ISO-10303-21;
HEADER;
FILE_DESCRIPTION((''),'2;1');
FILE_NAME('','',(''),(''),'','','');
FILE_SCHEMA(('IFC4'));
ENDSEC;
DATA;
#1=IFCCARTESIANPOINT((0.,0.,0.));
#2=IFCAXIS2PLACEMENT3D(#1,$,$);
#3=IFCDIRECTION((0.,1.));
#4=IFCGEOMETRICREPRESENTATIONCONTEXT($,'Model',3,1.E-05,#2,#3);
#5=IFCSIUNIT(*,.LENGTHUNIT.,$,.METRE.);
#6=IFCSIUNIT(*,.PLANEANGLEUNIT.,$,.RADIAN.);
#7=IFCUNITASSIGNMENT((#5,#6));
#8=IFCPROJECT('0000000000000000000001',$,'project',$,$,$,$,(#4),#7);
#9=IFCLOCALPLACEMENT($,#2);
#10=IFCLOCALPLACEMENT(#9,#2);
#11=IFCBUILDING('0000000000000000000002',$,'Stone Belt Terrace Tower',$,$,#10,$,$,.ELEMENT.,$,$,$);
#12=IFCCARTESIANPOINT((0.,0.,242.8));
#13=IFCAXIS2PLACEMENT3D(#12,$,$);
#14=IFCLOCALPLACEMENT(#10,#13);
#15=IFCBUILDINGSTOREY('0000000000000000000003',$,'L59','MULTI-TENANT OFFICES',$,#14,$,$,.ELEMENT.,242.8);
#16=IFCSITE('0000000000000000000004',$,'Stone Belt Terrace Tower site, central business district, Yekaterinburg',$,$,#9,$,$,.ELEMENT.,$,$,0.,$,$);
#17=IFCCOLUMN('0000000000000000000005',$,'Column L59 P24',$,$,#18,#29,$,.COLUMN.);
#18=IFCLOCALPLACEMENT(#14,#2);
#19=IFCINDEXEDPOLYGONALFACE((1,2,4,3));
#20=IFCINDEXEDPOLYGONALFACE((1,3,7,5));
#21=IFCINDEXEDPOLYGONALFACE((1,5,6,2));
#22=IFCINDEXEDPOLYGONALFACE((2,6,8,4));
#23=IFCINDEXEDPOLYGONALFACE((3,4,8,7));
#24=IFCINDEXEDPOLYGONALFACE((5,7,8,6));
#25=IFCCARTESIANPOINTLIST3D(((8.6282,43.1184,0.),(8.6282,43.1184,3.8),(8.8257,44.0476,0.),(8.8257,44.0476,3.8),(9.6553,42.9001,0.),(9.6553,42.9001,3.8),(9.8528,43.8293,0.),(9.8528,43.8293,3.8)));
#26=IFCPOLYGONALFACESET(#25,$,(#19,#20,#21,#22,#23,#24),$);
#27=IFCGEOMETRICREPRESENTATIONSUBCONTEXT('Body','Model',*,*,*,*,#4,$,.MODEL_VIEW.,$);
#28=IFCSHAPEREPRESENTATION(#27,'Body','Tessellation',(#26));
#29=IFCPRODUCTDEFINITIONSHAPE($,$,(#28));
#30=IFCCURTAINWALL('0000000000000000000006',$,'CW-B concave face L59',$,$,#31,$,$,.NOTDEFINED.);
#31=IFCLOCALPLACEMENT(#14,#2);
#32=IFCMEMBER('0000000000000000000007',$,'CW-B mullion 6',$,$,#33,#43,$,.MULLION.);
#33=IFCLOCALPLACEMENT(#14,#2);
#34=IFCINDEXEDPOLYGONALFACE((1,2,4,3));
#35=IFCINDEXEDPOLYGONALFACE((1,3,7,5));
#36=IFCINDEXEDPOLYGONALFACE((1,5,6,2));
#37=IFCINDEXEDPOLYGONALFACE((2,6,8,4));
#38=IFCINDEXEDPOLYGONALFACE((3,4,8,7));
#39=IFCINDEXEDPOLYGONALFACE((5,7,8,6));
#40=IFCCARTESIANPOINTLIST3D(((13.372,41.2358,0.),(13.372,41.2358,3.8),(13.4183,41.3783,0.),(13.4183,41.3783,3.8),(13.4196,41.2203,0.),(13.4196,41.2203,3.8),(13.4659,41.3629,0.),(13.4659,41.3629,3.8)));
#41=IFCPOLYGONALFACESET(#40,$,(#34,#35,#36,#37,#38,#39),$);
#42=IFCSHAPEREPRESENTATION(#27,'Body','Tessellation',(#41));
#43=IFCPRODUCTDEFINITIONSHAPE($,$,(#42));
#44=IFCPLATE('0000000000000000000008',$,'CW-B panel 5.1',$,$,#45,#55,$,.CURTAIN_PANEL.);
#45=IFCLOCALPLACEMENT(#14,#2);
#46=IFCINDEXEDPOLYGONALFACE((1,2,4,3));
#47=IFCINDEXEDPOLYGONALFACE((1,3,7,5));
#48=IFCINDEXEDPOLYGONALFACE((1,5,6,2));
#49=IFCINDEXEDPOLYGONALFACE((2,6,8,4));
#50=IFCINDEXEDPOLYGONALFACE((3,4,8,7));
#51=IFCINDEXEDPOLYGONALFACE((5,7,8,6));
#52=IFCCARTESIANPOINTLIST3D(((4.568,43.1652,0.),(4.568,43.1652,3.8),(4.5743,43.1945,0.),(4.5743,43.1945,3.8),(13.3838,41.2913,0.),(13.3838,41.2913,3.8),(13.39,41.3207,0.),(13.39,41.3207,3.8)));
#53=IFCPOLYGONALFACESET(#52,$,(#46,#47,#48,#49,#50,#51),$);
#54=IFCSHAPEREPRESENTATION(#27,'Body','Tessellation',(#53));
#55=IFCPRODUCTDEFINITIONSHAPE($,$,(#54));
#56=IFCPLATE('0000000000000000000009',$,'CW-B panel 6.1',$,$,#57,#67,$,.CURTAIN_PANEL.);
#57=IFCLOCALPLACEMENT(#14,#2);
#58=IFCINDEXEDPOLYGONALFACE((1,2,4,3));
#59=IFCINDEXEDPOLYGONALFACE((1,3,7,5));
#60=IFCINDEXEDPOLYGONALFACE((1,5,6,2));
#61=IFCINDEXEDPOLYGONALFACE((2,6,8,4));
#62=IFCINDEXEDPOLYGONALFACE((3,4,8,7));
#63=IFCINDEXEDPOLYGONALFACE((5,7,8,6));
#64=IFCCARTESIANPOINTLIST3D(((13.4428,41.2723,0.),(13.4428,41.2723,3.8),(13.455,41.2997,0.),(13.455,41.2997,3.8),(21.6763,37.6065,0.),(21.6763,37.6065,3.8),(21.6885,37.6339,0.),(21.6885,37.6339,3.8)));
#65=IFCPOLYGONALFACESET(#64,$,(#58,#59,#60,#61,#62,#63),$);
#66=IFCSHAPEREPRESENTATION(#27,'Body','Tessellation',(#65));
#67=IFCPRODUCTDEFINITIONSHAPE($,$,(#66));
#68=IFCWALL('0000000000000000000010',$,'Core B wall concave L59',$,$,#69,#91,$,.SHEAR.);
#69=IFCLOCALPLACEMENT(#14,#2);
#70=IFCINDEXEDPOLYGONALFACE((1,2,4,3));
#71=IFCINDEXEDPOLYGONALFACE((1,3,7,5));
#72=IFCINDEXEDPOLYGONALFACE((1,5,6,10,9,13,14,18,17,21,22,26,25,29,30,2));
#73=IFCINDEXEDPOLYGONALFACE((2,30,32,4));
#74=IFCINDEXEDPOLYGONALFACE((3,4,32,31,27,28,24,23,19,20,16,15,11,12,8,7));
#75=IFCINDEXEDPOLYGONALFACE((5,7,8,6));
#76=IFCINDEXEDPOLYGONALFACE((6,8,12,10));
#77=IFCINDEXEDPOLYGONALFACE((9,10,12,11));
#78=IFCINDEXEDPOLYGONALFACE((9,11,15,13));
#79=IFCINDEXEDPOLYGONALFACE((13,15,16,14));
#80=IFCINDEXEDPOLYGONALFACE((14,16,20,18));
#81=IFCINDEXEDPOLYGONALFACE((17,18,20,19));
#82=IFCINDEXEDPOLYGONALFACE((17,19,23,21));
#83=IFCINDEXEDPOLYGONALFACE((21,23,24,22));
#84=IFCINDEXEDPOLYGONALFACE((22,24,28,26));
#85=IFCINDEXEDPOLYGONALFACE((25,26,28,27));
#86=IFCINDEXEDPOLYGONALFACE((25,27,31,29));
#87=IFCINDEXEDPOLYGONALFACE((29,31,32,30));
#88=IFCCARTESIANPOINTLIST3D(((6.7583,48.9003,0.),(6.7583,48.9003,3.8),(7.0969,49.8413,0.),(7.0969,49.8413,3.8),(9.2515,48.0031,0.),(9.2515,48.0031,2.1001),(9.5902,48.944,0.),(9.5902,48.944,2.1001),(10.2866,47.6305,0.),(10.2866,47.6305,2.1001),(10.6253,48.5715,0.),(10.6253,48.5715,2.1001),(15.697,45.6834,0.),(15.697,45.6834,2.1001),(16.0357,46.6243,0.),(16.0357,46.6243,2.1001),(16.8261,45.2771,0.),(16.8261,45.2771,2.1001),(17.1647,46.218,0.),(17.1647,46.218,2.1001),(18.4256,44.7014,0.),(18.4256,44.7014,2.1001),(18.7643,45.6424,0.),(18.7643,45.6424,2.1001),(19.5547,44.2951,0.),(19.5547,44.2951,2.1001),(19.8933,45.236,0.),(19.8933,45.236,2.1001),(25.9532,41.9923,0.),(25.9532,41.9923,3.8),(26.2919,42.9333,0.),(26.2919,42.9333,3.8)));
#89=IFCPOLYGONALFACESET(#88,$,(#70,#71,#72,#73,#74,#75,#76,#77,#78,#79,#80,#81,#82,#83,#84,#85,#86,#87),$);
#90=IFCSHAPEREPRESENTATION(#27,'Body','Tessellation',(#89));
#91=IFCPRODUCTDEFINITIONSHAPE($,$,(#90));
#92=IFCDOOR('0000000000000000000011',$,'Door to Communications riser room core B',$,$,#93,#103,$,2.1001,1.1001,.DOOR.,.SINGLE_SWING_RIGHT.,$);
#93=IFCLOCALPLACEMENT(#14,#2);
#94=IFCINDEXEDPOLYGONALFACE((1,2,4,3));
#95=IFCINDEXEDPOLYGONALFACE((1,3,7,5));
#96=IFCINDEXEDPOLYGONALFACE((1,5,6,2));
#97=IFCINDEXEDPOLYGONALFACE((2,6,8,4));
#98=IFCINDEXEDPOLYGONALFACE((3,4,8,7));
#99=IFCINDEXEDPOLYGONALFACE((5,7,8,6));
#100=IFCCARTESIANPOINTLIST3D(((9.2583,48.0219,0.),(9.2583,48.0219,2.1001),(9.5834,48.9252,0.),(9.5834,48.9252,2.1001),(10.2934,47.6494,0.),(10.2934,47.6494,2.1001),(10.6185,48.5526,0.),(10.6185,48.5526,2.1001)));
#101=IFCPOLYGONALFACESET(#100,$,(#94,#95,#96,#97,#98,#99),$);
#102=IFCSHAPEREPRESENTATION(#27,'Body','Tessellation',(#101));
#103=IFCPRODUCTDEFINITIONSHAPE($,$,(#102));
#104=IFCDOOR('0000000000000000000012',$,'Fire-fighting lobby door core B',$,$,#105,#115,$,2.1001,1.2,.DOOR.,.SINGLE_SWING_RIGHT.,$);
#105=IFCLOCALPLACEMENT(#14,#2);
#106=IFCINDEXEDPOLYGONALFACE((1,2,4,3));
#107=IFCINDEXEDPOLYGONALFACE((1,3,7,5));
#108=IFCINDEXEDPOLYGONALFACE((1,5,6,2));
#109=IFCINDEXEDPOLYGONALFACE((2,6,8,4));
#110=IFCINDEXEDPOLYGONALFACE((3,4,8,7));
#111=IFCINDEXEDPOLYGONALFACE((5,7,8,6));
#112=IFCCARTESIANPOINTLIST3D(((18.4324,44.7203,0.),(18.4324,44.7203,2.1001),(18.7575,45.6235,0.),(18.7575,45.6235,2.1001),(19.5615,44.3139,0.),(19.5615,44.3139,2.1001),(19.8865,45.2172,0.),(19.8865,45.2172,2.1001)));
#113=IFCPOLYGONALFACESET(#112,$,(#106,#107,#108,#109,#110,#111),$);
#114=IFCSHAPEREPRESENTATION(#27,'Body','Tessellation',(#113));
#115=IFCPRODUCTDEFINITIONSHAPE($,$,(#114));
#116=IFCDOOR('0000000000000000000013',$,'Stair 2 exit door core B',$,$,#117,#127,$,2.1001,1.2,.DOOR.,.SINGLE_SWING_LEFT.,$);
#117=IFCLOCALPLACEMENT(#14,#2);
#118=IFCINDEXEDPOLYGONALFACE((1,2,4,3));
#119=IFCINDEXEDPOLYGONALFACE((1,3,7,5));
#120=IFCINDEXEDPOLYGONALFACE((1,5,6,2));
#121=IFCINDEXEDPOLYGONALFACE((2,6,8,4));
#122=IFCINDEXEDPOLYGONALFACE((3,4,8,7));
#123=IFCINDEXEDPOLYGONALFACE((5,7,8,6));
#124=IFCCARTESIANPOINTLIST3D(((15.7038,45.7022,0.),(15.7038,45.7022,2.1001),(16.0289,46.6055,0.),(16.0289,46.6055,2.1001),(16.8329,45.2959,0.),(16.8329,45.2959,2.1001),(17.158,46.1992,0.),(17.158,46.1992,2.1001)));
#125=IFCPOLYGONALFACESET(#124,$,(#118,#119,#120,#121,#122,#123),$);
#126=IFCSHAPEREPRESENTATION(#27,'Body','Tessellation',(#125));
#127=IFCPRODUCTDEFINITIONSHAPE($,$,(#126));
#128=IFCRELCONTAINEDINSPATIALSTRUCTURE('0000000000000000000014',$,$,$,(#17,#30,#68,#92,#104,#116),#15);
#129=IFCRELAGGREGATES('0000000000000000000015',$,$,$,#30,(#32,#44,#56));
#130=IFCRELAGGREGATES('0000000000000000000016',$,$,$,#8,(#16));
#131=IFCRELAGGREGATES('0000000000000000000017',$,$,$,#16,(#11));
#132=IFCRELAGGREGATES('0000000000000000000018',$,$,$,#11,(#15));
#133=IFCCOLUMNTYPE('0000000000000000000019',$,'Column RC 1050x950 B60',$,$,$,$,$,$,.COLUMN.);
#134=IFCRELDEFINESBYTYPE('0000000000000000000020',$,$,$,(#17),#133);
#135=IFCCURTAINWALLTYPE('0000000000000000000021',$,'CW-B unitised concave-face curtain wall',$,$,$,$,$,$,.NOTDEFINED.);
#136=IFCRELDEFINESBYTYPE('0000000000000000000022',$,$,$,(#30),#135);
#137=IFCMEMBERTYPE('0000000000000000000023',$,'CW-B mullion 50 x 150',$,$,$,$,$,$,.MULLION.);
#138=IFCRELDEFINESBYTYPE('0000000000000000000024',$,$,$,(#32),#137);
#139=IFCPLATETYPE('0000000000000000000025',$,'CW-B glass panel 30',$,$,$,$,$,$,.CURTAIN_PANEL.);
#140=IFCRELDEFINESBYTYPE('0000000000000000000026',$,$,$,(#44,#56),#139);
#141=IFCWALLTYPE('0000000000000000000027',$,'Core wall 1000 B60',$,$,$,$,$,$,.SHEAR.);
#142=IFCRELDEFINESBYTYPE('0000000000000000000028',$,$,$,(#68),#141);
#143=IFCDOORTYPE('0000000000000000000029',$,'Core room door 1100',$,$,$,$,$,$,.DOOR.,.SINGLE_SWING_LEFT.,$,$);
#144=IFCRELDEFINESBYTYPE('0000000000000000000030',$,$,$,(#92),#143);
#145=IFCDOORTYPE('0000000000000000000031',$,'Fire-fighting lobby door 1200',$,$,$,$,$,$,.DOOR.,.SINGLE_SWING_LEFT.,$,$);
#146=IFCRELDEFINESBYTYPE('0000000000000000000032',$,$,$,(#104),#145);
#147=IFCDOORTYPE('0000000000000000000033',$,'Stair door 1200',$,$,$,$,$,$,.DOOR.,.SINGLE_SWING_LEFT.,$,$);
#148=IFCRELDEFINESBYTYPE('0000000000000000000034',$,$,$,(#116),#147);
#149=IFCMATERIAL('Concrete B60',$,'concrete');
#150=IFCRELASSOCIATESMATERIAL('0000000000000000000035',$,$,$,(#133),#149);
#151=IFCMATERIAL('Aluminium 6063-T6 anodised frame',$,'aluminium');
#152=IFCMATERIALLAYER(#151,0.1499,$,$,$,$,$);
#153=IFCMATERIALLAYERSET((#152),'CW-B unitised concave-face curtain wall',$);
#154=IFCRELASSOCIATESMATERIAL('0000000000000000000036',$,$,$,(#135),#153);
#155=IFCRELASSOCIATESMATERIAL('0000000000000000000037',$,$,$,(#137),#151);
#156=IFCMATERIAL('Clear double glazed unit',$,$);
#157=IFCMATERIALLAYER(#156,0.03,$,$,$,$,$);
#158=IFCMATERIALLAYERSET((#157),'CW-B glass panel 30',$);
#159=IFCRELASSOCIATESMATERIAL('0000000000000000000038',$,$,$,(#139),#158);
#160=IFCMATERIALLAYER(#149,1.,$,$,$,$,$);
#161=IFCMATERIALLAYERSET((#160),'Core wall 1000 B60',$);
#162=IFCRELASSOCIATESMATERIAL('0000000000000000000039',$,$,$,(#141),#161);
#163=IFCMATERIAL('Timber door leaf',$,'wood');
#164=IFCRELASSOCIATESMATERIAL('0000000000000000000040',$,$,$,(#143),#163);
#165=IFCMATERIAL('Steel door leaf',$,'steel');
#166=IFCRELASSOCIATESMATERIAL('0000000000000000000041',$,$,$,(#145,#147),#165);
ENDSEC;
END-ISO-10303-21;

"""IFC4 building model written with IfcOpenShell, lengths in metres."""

from ifc_helpers import new_model, si_unit, direction, frame, frame_2d, origin, origin_2d, place, context, subcontext, project, spatial, rectangle, extrude, material, layer, layer_set, material_profile, profile_set, type_object, element, fill, aggregate, save


model = new_model("IFC4")

# Units and contexts
model_context = context("Model", 3, precision=1e-05, world=origin(), true_north=direction((0.0, 1.0)))
body_context = subcontext(model_context, "Body", "Model", "MODEL_VIEW")
ifc_project = project(units=[si_unit("LENGTHUNIT", "METRE"), si_unit("PLANEANGLEUNIT", "RADIAN")], contexts=[model_context])

# Site, building, storey
site_placement = place(None, origin())
site = spatial("IfcSite", under=ifc_project, at=site_placement, Name="Stone Belt Terrace Tower site, central business district, Yekaterinburg", CompositionType="ELEMENT", RefElevation=0.0)
building_placement = place(site_placement, origin())
building = spatial("IfcBuilding", under=site, at=building_placement, Name="Stone Belt Terrace Tower", CompositionType="ELEMENT")
storey_placement = place(building_placement, frame((0.0, 0.0, 242.8)))
storey = spatial("IfcBuildingStorey", under=building, at=storey_placement, Name="L59", Description="MULTI-TENANT OFFICES", CompositionType="ELEMENT", Elevation=242.8)

# Column
ifc_material_1 = material(Name="Concrete B60", Category="concrete")
ifc_material_profile_1 = material_profile(ifc_material_1, rectangle(XDim=1.05, YDim=0.95, at=origin_2d()), Name="RC 1050x950")
ifc_profile_set_1 = profile_set([ifc_material_profile_1], Name="Concrete B60")
column_type = type_object("IfcColumnType", Name="Column RC 1050x950 B60", PredefinedType="COLUMN", material=ifc_profile_set_1)
column_placement = place(storey_placement, frame((9.2405, 43.4739, 0.0), z_axis=(0.0, 0.0, 1.0), x_axis=(0.978148, -0.207912, 0.0)))
element("IfcColumn", 1, at=column_placement, inside=storey, type_object=column_type, Name="Column L59 P24", PredefinedType="COLUMN", context=body_context, shape_type="SweptSolid", body=[
    extrude(rectangle(XDim=1.05, YDim=0.95, at=origin_2d()), origin(), (0.0, 0.0, 1.0), 3.8),
])

# Curtain wall, member, plates
ifc_material_2 = material(Name="Aluminium 6063-T6 anodised frame", Category="aluminium")
ifc_layer_1 = layer(ifc_material_2, 0.1499)
ifc_layer_set_1 = layer_set([ifc_layer_1], Name="CW-B unitised concave-face curtain wall")
curtain_wall_type = type_object("IfcCurtainWallType", Name="CW-B unitised concave-face curtain wall", PredefinedType="NOTDEFINED", material=ifc_layer_set_1)
curtain_wall_placement = place(storey_placement, origin())
curtain_wall = element("IfcCurtainWall", 2, at=curtain_wall_placement, inside=storey, type_object=curtain_wall_type, Name="CW-B concave face L59", PredefinedType="NOTDEFINED")
ifc_material_profile_2 = material_profile(ifc_material_2, rectangle(XDim=0.1499, YDim=0.05, at=origin_2d()), Name="Aluminium 6063-T6 50x150")
ifc_profile_set_2 = profile_set([ifc_material_profile_2], Name="Aluminium 6063-T6 anodised frame")
member_type = type_object("IfcMemberType", Name="CW-B mullion 50 x 150", PredefinedType="MULLION", material=ifc_profile_set_2)
member_placement = place(storey_placement, frame((13.4189, 41.2993, 0.0), z_axis=(0.0, 0.0, 1.0), x_axis=(0.309017, 0.951057, 0.0)))
member = element("IfcMember", 3, at=member_placement, type_object=member_type, Name="CW-B mullion 6", PredefinedType="MULLION", context=body_context, shape_type="SweptSolid", body=[
    extrude(rectangle(XDim=0.1499, YDim=0.05, at=origin_2d()), origin(), (0.0, 0.0, 1.0), 3.8),
])
ifc_material_3 = material(Name="Clear double glazed unit")
ifc_layer_2 = layer(ifc_material_3, 0.03)
ifc_layer_set_2 = layer_set([ifc_layer_2], Name="CW-B glass panel 30")
plate_type = type_object("IfcPlateType", Name="CW-B glass panel 30", PredefinedType="CURTAIN_PANEL", material=ifc_layer_set_2)
plate_1_placement = place(storey_placement, frame((8.979, 42.2429, 0.0), z_axis=(0.0, 0.0, 1.0), x_axis=(0.978148, -0.207912, 0.0)))
plate_1 = element("IfcPlate", 4, at=plate_1_placement, type_object=plate_type, Name="CW-B panel 5.1", PredefinedType="CURTAIN_PANEL", context=body_context, shape_type="SweptSolid", body=[
    extrude(rectangle(XDim=9.0127, YDim=0.03, at=origin_2d()), origin(), (0.0, 0.0, 1.0), 3.8),
])
plate_2_placement = place(storey_placement, frame((17.5657, 39.4531, 0.0), z_axis=(0.0, 0.0, 1.0), x_axis=(0.913545, -0.406737, 0.0)))
plate_2 = element("IfcPlate", 5, at=plate_2_placement, type_object=plate_type, Name="CW-B panel 6.1", PredefinedType="CURTAIN_PANEL", context=body_context, shape_type="SweptSolid", body=[
    extrude(rectangle(XDim=9.0127, YDim=0.03, at=origin_2d()), origin(), (0.0, 0.0, 1.0), 3.8),
])
aggregate(curtain_wall, [member, plate_1, plate_2])

# Wall, openings, doors
ifc_layer_3 = layer(ifc_material_1, 1.0)
ifc_layer_set_3 = layer_set([ifc_layer_3], Name="Core wall 1000 B60")
wall_type_1 = type_object("IfcWallType", Name="Core wall 1000 B60", PredefinedType="SHEAR", material=ifc_layer_set_3)
wall_1_placement = place(storey_placement, frame((6.9275, 49.3708, 0.0), z_axis=(0.0, 0.0, 1.0), x_axis=(0.940921, -0.338625, 0.0)))
wall_1 = element("IfcWall", 6, at=wall_1_placement, inside=storey, type_object=wall_type_1, Name="Core B wall concave L59", PredefinedType="SHEAR", context=body_context, shape_type="SweptSolid", body=[
    extrude(rectangle(XDim=20.4001, YDim=1.0, at=frame_2d((10.2002, 0.0))), origin(), (0.0, 0.0, 1.0), 3.8),
])
opening_1_placement = place(wall_1_placement, frame((12.3999, 0.0, 0.0)))
opening_1 = element("IfcOpeningElement", 7, at=opening_1_placement, cuts=wall_1, PredefinedType="OPENING", context=body_context, shape_type="SweptSolid", body=[
    extrude(rectangle(XDim=1.2, YDim=2.1001, at=frame_2d((0.6001, 1.05))), frame((0.0, 0.51, 0.0), z_axis=(0.0, -1.0, 0.0), x_axis=(1.0, 0.0, 0.0)), (0.0, 0.0, 1.0), 1.02),
])
opening_2_placement = place(wall_1_placement, frame((9.5, 0.0, 0.0)))
opening_2 = element("IfcOpeningElement", 8, at=opening_2_placement, cuts=wall_1, PredefinedType="OPENING", context=body_context, shape_type="SweptSolid", body=[
    extrude(rectangle(XDim=1.2, YDim=2.1001, at=frame_2d((0.6001, 1.05))), frame((0.0, 0.51, 0.0), z_axis=(0.0, -1.0, 0.0), x_axis=(1.0, 0.0, 0.0)), (0.0, 0.0, 1.0), 1.02),
])
opening_3_placement = place(wall_1_placement, frame((2.6499, 0.0, 0.0)))
opening_3 = element("IfcOpeningElement", 9, at=opening_3_placement, cuts=wall_1, PredefinedType="OPENING", context=body_context, shape_type="SweptSolid", body=[
    extrude(rectangle(XDim=1.1001, YDim=2.1001, at=frame_2d((0.55, 1.05))), frame((0.0, 0.51, 0.0), z_axis=(0.0, -1.0, 0.0), x_axis=(1.0, 0.0, 0.0)), (0.0, 0.0, 1.0), 1.02),
])
ifc_material_4 = material(Name="Timber door leaf", Category="wood")
door_type_1 = type_object("IfcDoorType", Name="Core room door 1100", OperationType="SINGLE_SWING_LEFT", PredefinedType="DOOR", material=ifc_material_4)
door_1_placement = place(opening_3_placement, origin())
door_1 = element("IfcDoor", 10, at=door_1_placement, inside=storey, type_object=door_type_1, Name="Door to Communications riser room core B", OperationType="SINGLE_SWING_RIGHT", OverallHeight=2.1001, OverallWidth=1.1001, PredefinedType="DOOR", context=body_context, shape_type="SweptSolid", body=[
    extrude(rectangle(XDim=1.1001, YDim=2.1001, at=frame_2d((0.55, 1.05))), frame((0.0, 0.48, 0.0), z_axis=(0.0, -1.0, 0.0), x_axis=(1.0, 0.0, 0.0)), (0.0, 0.0, 1.0), 0.96),
])
fill(opening_3, door_1)
ifc_material_5 = material(Name="Steel door leaf", Category="steel")
door_type_2 = type_object("IfcDoorType", Name="Fire-fighting lobby door 1200", OperationType="SINGLE_SWING_LEFT", PredefinedType="DOOR", material=ifc_material_5)
door_2_placement = place(opening_1_placement, origin())
door_2 = element("IfcDoor", 11, at=door_2_placement, inside=storey, type_object=door_type_2, Name="Fire-fighting lobby door core B", OperationType="SINGLE_SWING_RIGHT", OverallHeight=2.1001, OverallWidth=1.2, PredefinedType="DOOR", context=body_context, shape_type="SweptSolid", body=[
    extrude(rectangle(XDim=1.2, YDim=2.1001, at=frame_2d((0.6001, 1.05))), frame((0.0, 0.48, 0.0), z_axis=(0.0, -1.0, 0.0), x_axis=(1.0, 0.0, 0.0)), (0.0, 0.0, 1.0), 0.96),
])
fill(opening_1, door_2)
door_type_3 = type_object("IfcDoorType", Name="Stair door 1200", OperationType="SINGLE_SWING_LEFT", PredefinedType="DOOR", material=ifc_material_5)
door_3_placement = place(opening_2_placement, origin())
door_3 = element("IfcDoor", 12, at=door_3_placement, inside=storey, type_object=door_type_3, Name="Stair 2 exit door core B", OperationType="SINGLE_SWING_LEFT", OverallHeight=2.1001, OverallWidth=1.2, PredefinedType="DOOR", context=body_context, shape_type="SweptSolid", body=[
    extrude(rectangle(XDim=1.2, YDim=2.1001, at=frame_2d((0.6001, 1.05))), frame((0.0, 0.48, 0.0), z_axis=(0.0, -1.0, 0.0), x_axis=(1.0, 0.0, 0.0)), (0.0, 0.0, 1.0), 0.96),
])
fill(opening_2, door_3)

save(model, "model.ifc")
